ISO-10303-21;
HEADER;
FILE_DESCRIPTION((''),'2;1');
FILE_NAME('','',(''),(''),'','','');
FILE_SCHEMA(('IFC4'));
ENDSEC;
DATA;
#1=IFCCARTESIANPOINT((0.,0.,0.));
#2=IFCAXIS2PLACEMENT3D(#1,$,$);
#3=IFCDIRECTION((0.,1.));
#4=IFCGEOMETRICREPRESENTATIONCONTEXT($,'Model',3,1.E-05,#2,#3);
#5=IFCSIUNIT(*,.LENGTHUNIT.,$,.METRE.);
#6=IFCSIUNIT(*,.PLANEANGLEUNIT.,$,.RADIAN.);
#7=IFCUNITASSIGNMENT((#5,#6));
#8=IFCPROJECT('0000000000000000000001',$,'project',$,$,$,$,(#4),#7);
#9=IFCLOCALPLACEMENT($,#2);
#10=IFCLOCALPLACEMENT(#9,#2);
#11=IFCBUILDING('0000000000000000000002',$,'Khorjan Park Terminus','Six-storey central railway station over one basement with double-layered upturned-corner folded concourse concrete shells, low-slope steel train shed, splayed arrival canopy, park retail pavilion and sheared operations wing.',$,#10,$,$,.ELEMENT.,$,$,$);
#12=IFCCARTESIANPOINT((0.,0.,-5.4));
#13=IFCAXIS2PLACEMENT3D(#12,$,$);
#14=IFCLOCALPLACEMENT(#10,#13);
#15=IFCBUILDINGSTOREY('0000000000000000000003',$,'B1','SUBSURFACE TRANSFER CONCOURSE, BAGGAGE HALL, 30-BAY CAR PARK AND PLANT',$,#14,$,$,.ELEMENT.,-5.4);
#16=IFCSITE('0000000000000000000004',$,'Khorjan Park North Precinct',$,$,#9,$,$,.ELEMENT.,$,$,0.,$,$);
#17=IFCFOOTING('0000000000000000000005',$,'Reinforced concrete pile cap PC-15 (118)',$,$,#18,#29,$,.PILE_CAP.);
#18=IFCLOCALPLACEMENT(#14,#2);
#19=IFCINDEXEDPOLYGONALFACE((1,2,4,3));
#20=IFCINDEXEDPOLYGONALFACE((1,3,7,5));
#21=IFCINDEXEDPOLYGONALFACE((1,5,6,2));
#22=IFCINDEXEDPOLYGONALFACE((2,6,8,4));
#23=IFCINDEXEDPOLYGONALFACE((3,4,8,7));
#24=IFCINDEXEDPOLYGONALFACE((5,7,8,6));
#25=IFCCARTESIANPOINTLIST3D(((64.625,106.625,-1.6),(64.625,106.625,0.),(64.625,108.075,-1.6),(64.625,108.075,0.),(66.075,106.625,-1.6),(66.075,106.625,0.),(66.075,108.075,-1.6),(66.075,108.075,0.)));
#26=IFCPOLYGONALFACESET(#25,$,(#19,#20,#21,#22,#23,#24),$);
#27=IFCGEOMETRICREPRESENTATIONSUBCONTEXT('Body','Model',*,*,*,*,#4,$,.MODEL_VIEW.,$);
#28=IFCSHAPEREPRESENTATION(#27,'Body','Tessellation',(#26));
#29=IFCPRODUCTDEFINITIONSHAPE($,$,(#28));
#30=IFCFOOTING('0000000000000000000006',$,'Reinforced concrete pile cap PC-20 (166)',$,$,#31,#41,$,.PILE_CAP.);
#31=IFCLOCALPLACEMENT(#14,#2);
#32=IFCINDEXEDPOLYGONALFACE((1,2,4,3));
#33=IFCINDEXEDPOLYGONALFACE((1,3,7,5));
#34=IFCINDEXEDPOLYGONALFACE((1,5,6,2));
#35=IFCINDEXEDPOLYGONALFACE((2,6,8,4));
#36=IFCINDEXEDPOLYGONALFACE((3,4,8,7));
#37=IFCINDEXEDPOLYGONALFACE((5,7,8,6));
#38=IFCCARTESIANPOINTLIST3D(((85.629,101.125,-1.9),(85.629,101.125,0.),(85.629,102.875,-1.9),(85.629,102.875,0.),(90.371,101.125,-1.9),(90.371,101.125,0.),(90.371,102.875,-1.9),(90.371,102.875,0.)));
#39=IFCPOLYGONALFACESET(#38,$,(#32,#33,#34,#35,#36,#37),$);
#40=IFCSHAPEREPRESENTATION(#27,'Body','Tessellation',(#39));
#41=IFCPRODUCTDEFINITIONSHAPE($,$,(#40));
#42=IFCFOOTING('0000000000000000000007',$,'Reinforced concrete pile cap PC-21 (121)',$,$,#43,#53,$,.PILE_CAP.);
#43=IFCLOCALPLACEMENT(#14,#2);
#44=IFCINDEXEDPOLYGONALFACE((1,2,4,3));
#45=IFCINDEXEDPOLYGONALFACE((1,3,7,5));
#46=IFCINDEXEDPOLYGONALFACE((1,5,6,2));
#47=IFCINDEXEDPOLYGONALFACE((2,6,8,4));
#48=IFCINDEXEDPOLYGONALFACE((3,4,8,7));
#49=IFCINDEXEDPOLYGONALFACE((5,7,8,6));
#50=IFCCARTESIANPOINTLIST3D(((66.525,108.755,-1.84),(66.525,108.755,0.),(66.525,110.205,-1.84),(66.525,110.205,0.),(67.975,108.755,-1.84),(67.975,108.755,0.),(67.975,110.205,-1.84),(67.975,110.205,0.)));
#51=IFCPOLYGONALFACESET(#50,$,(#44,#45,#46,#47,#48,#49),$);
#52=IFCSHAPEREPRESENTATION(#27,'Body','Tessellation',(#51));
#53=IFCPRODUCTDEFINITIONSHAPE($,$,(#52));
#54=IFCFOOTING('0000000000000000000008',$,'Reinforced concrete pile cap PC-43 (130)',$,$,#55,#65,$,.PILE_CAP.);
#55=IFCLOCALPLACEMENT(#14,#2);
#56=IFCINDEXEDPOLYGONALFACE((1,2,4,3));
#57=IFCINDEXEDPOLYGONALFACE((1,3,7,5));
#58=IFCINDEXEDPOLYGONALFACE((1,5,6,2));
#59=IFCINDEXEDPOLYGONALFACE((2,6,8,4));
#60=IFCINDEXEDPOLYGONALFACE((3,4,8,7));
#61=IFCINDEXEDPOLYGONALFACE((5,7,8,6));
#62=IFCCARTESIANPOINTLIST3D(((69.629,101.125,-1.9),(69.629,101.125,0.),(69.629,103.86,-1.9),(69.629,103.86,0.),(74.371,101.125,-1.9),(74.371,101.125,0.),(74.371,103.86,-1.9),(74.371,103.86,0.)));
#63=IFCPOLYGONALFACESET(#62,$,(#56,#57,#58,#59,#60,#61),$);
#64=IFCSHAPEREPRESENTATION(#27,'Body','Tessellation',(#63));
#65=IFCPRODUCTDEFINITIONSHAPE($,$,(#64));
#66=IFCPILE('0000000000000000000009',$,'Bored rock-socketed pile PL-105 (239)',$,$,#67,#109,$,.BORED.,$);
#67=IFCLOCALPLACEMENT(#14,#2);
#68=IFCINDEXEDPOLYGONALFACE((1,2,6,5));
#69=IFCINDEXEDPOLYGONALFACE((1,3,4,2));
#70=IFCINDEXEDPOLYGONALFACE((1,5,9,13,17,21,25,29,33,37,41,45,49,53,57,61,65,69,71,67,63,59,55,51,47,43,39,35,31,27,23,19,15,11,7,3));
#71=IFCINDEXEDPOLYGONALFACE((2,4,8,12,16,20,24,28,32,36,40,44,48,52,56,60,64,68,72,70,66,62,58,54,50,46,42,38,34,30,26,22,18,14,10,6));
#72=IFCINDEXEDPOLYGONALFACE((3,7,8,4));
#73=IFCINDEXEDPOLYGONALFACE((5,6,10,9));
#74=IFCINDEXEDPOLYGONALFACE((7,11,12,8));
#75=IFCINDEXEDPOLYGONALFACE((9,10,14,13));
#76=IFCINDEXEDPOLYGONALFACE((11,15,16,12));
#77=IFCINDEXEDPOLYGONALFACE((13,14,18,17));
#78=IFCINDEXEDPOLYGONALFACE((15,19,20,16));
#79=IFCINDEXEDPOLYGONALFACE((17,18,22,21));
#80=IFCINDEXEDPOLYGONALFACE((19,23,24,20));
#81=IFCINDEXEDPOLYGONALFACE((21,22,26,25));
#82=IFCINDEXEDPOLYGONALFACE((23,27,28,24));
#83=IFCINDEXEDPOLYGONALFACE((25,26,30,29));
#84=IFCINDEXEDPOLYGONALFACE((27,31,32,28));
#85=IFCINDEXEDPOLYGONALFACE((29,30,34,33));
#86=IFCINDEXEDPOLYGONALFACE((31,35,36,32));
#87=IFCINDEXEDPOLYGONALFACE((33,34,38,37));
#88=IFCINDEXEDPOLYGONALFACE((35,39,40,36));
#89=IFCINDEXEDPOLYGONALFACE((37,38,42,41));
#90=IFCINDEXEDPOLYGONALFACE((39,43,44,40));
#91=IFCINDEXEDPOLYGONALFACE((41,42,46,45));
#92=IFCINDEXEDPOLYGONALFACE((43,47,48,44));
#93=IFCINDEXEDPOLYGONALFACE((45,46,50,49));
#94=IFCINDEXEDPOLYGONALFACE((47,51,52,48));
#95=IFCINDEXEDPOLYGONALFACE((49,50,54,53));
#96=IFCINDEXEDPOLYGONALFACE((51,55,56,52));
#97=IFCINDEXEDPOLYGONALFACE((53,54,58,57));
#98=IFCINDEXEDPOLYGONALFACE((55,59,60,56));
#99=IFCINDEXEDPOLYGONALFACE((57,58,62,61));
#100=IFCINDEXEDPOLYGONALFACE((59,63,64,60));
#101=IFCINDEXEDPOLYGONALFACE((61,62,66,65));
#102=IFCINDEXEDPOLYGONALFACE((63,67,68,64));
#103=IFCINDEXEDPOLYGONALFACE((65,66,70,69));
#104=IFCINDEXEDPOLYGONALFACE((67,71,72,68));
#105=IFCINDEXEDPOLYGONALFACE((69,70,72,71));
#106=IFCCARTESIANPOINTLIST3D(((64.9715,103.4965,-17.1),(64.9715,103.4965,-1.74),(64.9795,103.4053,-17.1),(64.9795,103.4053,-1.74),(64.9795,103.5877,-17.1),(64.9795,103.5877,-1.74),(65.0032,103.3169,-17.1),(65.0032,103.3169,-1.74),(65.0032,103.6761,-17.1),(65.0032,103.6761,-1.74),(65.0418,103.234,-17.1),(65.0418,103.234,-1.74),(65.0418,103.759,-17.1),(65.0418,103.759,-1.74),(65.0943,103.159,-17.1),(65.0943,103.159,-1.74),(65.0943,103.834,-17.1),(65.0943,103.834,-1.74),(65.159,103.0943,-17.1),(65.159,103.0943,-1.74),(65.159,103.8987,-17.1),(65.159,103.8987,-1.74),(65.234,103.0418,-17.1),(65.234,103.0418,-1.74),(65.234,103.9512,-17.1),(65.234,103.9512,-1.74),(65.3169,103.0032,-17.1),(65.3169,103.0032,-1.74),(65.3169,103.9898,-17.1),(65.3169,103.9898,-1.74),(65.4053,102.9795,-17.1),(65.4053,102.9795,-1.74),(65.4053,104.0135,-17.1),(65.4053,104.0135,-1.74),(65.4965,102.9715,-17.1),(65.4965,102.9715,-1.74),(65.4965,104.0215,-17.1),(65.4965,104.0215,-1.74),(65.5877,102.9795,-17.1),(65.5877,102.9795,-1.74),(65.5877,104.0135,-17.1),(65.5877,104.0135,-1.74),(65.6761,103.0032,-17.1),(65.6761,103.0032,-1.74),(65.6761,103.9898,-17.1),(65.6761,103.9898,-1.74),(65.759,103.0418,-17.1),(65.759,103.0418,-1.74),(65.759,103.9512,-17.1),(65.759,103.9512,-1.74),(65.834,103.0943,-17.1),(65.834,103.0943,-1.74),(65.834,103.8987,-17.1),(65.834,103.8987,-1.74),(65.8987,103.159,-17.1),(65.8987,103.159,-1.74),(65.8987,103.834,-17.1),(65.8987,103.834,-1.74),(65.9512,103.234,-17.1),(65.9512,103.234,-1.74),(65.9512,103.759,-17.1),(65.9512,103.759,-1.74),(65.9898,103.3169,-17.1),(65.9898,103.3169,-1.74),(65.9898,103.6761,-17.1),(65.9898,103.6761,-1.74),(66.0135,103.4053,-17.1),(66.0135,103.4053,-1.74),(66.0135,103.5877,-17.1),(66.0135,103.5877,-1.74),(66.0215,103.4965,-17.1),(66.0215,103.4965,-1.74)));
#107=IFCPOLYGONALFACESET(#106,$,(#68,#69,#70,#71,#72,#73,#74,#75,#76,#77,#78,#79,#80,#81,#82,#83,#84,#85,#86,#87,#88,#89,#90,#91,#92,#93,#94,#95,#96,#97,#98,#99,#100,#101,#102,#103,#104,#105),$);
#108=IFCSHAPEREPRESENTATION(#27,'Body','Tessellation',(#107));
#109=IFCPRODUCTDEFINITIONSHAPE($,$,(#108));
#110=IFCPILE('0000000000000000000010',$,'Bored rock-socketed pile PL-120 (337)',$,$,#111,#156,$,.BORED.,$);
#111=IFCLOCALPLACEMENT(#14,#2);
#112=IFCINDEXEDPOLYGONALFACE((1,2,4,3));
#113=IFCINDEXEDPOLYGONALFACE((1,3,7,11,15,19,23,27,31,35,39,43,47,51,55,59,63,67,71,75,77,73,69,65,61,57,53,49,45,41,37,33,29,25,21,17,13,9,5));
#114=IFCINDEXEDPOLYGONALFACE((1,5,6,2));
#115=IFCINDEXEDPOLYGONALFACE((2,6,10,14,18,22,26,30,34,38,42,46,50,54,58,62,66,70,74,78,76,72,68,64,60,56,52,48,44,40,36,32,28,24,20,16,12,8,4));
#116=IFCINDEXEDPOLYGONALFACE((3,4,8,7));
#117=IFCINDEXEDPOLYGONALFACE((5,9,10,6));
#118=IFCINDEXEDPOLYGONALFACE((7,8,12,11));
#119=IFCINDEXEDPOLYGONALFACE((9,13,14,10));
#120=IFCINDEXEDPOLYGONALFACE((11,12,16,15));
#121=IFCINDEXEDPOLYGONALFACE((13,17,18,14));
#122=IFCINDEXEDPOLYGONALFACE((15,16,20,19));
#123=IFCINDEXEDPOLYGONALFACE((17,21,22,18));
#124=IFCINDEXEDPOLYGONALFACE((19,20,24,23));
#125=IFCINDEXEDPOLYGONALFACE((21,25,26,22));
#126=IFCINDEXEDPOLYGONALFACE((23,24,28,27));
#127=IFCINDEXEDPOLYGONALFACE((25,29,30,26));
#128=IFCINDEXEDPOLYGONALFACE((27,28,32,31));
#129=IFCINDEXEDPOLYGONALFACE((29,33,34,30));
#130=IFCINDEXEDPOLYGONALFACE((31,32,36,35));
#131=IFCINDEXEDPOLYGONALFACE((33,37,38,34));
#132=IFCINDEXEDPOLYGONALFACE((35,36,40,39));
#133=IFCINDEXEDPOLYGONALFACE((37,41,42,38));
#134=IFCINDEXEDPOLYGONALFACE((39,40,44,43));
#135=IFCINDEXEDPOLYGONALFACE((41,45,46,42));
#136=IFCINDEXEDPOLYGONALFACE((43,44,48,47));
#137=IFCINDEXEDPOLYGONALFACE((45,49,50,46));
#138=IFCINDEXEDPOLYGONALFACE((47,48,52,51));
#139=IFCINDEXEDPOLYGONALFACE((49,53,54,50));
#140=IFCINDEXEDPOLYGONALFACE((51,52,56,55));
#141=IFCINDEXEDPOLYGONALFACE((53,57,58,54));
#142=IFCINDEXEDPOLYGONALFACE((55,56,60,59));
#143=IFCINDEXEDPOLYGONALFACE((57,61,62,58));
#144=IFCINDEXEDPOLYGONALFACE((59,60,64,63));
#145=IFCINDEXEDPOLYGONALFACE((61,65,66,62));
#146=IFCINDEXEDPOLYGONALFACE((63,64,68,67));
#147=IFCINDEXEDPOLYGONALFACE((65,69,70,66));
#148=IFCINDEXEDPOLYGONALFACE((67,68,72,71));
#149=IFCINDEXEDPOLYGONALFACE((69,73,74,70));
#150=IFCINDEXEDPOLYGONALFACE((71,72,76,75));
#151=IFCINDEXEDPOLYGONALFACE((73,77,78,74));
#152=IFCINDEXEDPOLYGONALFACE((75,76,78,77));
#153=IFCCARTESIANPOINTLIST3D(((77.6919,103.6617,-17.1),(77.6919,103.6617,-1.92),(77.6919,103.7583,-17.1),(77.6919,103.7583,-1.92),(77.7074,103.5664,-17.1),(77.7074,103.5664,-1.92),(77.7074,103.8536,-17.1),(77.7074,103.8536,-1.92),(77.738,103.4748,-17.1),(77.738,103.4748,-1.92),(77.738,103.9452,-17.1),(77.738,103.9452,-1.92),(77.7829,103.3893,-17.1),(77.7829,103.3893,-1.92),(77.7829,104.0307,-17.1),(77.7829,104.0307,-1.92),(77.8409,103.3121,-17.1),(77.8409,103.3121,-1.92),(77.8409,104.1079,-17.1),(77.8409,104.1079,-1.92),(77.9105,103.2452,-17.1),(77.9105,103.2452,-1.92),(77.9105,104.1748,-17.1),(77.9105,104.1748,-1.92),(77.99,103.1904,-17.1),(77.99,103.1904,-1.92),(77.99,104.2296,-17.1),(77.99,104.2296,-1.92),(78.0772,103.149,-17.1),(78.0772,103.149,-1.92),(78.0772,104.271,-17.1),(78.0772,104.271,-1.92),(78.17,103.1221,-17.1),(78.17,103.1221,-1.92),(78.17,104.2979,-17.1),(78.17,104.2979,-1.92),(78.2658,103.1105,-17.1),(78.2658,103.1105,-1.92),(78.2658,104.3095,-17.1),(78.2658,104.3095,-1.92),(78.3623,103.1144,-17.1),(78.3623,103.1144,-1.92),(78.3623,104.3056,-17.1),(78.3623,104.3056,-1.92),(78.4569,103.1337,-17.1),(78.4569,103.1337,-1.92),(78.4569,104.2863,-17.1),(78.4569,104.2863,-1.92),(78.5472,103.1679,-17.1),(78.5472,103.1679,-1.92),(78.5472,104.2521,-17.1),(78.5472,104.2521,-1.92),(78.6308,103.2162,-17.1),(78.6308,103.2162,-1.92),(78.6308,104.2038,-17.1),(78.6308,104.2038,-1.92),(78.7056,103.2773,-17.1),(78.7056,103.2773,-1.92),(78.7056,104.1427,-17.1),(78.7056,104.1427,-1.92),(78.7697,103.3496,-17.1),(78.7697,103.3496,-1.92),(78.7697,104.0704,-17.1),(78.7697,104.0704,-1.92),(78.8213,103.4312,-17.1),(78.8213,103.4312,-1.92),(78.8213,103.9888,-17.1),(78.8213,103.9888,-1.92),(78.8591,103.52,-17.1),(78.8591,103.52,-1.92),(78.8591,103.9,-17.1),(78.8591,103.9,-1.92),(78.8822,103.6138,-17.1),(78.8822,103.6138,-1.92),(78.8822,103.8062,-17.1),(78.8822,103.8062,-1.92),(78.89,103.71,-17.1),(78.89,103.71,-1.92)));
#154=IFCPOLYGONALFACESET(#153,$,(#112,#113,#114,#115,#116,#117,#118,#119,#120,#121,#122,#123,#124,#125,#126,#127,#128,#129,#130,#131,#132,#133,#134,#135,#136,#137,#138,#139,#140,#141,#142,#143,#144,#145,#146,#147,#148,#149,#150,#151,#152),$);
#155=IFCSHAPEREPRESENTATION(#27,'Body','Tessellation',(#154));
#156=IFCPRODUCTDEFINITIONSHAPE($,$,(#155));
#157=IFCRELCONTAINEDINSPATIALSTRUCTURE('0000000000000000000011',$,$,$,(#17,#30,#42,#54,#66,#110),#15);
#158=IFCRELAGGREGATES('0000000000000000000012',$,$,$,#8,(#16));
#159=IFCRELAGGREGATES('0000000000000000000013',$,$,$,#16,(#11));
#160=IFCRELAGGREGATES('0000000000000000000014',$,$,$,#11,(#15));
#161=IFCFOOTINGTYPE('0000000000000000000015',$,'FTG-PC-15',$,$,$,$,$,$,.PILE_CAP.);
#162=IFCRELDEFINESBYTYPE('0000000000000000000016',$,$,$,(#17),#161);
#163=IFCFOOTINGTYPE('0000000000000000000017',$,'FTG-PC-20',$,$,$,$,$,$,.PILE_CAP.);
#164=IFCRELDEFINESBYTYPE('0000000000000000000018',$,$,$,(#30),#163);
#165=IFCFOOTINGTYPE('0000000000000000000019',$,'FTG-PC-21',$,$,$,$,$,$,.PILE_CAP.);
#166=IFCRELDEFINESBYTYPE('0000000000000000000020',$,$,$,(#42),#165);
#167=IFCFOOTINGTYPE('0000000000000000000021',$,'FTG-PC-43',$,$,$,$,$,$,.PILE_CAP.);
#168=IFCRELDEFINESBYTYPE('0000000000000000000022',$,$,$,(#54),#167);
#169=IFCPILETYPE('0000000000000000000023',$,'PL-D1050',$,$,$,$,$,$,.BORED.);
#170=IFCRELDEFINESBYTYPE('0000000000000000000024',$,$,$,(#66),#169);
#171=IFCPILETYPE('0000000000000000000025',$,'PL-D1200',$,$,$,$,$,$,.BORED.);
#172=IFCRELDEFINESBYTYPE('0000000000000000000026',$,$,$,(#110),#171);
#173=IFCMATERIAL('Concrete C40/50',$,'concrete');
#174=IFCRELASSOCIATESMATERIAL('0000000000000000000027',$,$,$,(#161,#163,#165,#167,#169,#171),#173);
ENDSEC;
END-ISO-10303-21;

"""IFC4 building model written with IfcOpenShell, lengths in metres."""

from ifc_helpers import new_model, si_unit, direction, frame, origin, origin_2d, place, context, subcontext, project, spatial, rectangle, circle, extrude, material, material_profile, profile_set, type_object, element, save


model = new_model("IFC4")

# Units and contexts
model_context = context("Model", 3, precision=1e-05, world=origin(), true_north=direction((0.0, 1.0)))
body_context = subcontext(model_context, "Body", "Model", "MODEL_VIEW")
ifc_project = project(units=[si_unit("LENGTHUNIT", "METRE"), si_unit("PLANEANGLEUNIT", "RADIAN")], contexts=[model_context])

# Site, building, storey
site_placement = place(None, origin())
site = spatial("IfcSite", under=ifc_project, at=site_placement, Name="Khorjan Park North Precinct", CompositionType="ELEMENT", RefElevation=0.0)
building_placement = place(site_placement, origin())
building = spatial("IfcBuilding", under=site, at=building_placement, Name="Khorjan Park Terminus", Description="Six-storey central railway station over one basement with double-layered upturned-corner folded concourse concrete shells, low-slope steel train shed, splayed arrival canopy, park retail pavilion and sheared operations wing.", CompositionType="ELEMENT")
storey_placement = place(building_placement, frame((0.0, 0.0, -5.4)))
storey = spatial("IfcBuildingStorey", under=building, at=storey_placement, Name="B1", Description="SUBSURFACE TRANSFER CONCOURSE, BAGGAGE HALL, 30-BAY CAR PARK AND PLANT", CompositionType="ELEMENT", Elevation=-5.4)

# Footings
ifc_material_1 = material(Name="Concrete C40/50", Category="concrete")
footing_type_1 = type_object("IfcFootingType", Name="FTG-PC-15", PredefinedType="PILE_CAP", material=ifc_material_1)
footing_1_placement = place(storey_placement, frame((65.35, 107.35, -1.6), z_axis=(0.0, 0.0, 1.0), x_axis=(1.0, 0.0, 0.0)))
element("IfcFooting", 1, at=footing_1_placement, inside=storey, type_object=footing_type_1, Name="Reinforced concrete pile cap PC-15 (118)", PredefinedType="PILE_CAP", context=body_context, shape_type="SweptSolid", body=[
    extrude(rectangle(XDim=1.45, YDim=1.45, at=origin_2d()), origin(), (0.0, 0.0, 1.0), 1.6),
])
footing_type_2 = type_object("IfcFootingType", Name="FTG-PC-20", PredefinedType="PILE_CAP", material=ifc_material_1)
footing_2_placement = place(storey_placement, frame((88.0, 102.0, -1.9), z_axis=(0.0, 0.0, 1.0), x_axis=(1.0, 0.0, 0.0)))
element("IfcFooting", 2, at=footing_2_placement, inside=storey, type_object=footing_type_2, Name="Reinforced concrete pile cap PC-20 (166)", PredefinedType="PILE_CAP", context=body_context, shape_type="SweptSolid", body=[
    extrude(rectangle(XDim=4.742, YDim=1.75, at=origin_2d()), origin(), (0.0, 0.0, 1.0), 1.9),
])
footing_type_3 = type_object("IfcFootingType", Name="FTG-PC-21", PredefinedType="PILE_CAP", material=ifc_material_1)
footing_3_placement = place(storey_placement, frame((67.25, 109.48, -1.84), z_axis=(0.0, 0.0, 1.0), x_axis=(1.0, 0.0, 0.0)))
element("IfcFooting", 3, at=footing_3_placement, inside=storey, type_object=footing_type_3, Name="Reinforced concrete pile cap PC-21 (121)", PredefinedType="PILE_CAP", context=body_context, shape_type="SweptSolid", body=[
    extrude(rectangle(XDim=1.45, YDim=1.45, at=origin_2d()), origin(), (0.0, 0.0, 1.0), 1.84),
])
footing_type_4 = type_object("IfcFootingType", Name="FTG-PC-43", PredefinedType="PILE_CAP", material=ifc_material_1)
footing_4_placement = place(storey_placement, frame((72.0, 102.4925, -1.9), z_axis=(0.0, 0.0, 1.0), x_axis=(1.0, 0.0, 0.0)))
element("IfcFooting", 4, at=footing_4_placement, inside=storey, type_object=footing_type_4, Name="Reinforced concrete pile cap PC-43 (130)", PredefinedType="PILE_CAP", context=body_context, shape_type="SweptSolid", body=[
    extrude(rectangle(XDim=4.742, YDim=2.735, at=origin_2d()), origin(), (0.0, 0.0, 1.0), 1.9),
])

# Piles
ifc_material_profile_1 = material_profile(ifc_material_1, circle(Radius=0.525, at=origin_2d()), Name="BORED D1050")
ifc_profile_set_1 = profile_set([ifc_material_profile_1], Name="Concrete C40/50")
pile_type_1 = type_object("IfcPileType", Name="PL-D1050", PredefinedType="BORED", material=ifc_profile_set_1)
pile_1_placement = place(storey_placement, frame((65.4965, 103.4965, -1.74), z_axis=(0.0, 0.0, -1.0), x_axis=(1.0, 0.0, 0.0)))
element("IfcPile", 5, at=pile_1_placement, inside=storey, type_object=pile_type_1, Name="Bored rock-socketed pile PL-105 (239)", PredefinedType="BORED", context=body_context, shape_type="SweptSolid", body=[
    extrude(circle(Radius=0.525, at=origin_2d()), origin(), (0.0, 0.0, 1.0), 15.36),
])
ifc_material_profile_2 = material_profile(ifc_material_1, circle(Radius=0.6, at=origin_2d()), Name="BORED D1200")
ifc_profile_set_2 = profile_set([ifc_material_profile_2], Name="Concrete C40/50")
pile_type_2 = type_object("IfcPileType", Name="PL-D1200", PredefinedType="BORED", material=ifc_profile_set_2)
for number, where, z_axis, x_axis, name in (
    (6, (78.29, 103.71, -1.92), (0.0, 0.0, -1.0), (1.0, 0.0, 0.0), "Bored rock-socketed pile PL-120 (337)"),
):
    element("IfcPile", number, at=place(storey_placement, frame(where, z_axis=z_axis, x_axis=x_axis)), inside=storey, type_object=pile_type_2, Name=name, PredefinedType="BORED", context=body_context, shape_type="SweptSolid", body=[
        extrude(circle(Radius=0.6, at=origin_2d()), origin(), (0.0, 0.0, 1.0), 15.18),
    ])

save(model, "model.ifc")
